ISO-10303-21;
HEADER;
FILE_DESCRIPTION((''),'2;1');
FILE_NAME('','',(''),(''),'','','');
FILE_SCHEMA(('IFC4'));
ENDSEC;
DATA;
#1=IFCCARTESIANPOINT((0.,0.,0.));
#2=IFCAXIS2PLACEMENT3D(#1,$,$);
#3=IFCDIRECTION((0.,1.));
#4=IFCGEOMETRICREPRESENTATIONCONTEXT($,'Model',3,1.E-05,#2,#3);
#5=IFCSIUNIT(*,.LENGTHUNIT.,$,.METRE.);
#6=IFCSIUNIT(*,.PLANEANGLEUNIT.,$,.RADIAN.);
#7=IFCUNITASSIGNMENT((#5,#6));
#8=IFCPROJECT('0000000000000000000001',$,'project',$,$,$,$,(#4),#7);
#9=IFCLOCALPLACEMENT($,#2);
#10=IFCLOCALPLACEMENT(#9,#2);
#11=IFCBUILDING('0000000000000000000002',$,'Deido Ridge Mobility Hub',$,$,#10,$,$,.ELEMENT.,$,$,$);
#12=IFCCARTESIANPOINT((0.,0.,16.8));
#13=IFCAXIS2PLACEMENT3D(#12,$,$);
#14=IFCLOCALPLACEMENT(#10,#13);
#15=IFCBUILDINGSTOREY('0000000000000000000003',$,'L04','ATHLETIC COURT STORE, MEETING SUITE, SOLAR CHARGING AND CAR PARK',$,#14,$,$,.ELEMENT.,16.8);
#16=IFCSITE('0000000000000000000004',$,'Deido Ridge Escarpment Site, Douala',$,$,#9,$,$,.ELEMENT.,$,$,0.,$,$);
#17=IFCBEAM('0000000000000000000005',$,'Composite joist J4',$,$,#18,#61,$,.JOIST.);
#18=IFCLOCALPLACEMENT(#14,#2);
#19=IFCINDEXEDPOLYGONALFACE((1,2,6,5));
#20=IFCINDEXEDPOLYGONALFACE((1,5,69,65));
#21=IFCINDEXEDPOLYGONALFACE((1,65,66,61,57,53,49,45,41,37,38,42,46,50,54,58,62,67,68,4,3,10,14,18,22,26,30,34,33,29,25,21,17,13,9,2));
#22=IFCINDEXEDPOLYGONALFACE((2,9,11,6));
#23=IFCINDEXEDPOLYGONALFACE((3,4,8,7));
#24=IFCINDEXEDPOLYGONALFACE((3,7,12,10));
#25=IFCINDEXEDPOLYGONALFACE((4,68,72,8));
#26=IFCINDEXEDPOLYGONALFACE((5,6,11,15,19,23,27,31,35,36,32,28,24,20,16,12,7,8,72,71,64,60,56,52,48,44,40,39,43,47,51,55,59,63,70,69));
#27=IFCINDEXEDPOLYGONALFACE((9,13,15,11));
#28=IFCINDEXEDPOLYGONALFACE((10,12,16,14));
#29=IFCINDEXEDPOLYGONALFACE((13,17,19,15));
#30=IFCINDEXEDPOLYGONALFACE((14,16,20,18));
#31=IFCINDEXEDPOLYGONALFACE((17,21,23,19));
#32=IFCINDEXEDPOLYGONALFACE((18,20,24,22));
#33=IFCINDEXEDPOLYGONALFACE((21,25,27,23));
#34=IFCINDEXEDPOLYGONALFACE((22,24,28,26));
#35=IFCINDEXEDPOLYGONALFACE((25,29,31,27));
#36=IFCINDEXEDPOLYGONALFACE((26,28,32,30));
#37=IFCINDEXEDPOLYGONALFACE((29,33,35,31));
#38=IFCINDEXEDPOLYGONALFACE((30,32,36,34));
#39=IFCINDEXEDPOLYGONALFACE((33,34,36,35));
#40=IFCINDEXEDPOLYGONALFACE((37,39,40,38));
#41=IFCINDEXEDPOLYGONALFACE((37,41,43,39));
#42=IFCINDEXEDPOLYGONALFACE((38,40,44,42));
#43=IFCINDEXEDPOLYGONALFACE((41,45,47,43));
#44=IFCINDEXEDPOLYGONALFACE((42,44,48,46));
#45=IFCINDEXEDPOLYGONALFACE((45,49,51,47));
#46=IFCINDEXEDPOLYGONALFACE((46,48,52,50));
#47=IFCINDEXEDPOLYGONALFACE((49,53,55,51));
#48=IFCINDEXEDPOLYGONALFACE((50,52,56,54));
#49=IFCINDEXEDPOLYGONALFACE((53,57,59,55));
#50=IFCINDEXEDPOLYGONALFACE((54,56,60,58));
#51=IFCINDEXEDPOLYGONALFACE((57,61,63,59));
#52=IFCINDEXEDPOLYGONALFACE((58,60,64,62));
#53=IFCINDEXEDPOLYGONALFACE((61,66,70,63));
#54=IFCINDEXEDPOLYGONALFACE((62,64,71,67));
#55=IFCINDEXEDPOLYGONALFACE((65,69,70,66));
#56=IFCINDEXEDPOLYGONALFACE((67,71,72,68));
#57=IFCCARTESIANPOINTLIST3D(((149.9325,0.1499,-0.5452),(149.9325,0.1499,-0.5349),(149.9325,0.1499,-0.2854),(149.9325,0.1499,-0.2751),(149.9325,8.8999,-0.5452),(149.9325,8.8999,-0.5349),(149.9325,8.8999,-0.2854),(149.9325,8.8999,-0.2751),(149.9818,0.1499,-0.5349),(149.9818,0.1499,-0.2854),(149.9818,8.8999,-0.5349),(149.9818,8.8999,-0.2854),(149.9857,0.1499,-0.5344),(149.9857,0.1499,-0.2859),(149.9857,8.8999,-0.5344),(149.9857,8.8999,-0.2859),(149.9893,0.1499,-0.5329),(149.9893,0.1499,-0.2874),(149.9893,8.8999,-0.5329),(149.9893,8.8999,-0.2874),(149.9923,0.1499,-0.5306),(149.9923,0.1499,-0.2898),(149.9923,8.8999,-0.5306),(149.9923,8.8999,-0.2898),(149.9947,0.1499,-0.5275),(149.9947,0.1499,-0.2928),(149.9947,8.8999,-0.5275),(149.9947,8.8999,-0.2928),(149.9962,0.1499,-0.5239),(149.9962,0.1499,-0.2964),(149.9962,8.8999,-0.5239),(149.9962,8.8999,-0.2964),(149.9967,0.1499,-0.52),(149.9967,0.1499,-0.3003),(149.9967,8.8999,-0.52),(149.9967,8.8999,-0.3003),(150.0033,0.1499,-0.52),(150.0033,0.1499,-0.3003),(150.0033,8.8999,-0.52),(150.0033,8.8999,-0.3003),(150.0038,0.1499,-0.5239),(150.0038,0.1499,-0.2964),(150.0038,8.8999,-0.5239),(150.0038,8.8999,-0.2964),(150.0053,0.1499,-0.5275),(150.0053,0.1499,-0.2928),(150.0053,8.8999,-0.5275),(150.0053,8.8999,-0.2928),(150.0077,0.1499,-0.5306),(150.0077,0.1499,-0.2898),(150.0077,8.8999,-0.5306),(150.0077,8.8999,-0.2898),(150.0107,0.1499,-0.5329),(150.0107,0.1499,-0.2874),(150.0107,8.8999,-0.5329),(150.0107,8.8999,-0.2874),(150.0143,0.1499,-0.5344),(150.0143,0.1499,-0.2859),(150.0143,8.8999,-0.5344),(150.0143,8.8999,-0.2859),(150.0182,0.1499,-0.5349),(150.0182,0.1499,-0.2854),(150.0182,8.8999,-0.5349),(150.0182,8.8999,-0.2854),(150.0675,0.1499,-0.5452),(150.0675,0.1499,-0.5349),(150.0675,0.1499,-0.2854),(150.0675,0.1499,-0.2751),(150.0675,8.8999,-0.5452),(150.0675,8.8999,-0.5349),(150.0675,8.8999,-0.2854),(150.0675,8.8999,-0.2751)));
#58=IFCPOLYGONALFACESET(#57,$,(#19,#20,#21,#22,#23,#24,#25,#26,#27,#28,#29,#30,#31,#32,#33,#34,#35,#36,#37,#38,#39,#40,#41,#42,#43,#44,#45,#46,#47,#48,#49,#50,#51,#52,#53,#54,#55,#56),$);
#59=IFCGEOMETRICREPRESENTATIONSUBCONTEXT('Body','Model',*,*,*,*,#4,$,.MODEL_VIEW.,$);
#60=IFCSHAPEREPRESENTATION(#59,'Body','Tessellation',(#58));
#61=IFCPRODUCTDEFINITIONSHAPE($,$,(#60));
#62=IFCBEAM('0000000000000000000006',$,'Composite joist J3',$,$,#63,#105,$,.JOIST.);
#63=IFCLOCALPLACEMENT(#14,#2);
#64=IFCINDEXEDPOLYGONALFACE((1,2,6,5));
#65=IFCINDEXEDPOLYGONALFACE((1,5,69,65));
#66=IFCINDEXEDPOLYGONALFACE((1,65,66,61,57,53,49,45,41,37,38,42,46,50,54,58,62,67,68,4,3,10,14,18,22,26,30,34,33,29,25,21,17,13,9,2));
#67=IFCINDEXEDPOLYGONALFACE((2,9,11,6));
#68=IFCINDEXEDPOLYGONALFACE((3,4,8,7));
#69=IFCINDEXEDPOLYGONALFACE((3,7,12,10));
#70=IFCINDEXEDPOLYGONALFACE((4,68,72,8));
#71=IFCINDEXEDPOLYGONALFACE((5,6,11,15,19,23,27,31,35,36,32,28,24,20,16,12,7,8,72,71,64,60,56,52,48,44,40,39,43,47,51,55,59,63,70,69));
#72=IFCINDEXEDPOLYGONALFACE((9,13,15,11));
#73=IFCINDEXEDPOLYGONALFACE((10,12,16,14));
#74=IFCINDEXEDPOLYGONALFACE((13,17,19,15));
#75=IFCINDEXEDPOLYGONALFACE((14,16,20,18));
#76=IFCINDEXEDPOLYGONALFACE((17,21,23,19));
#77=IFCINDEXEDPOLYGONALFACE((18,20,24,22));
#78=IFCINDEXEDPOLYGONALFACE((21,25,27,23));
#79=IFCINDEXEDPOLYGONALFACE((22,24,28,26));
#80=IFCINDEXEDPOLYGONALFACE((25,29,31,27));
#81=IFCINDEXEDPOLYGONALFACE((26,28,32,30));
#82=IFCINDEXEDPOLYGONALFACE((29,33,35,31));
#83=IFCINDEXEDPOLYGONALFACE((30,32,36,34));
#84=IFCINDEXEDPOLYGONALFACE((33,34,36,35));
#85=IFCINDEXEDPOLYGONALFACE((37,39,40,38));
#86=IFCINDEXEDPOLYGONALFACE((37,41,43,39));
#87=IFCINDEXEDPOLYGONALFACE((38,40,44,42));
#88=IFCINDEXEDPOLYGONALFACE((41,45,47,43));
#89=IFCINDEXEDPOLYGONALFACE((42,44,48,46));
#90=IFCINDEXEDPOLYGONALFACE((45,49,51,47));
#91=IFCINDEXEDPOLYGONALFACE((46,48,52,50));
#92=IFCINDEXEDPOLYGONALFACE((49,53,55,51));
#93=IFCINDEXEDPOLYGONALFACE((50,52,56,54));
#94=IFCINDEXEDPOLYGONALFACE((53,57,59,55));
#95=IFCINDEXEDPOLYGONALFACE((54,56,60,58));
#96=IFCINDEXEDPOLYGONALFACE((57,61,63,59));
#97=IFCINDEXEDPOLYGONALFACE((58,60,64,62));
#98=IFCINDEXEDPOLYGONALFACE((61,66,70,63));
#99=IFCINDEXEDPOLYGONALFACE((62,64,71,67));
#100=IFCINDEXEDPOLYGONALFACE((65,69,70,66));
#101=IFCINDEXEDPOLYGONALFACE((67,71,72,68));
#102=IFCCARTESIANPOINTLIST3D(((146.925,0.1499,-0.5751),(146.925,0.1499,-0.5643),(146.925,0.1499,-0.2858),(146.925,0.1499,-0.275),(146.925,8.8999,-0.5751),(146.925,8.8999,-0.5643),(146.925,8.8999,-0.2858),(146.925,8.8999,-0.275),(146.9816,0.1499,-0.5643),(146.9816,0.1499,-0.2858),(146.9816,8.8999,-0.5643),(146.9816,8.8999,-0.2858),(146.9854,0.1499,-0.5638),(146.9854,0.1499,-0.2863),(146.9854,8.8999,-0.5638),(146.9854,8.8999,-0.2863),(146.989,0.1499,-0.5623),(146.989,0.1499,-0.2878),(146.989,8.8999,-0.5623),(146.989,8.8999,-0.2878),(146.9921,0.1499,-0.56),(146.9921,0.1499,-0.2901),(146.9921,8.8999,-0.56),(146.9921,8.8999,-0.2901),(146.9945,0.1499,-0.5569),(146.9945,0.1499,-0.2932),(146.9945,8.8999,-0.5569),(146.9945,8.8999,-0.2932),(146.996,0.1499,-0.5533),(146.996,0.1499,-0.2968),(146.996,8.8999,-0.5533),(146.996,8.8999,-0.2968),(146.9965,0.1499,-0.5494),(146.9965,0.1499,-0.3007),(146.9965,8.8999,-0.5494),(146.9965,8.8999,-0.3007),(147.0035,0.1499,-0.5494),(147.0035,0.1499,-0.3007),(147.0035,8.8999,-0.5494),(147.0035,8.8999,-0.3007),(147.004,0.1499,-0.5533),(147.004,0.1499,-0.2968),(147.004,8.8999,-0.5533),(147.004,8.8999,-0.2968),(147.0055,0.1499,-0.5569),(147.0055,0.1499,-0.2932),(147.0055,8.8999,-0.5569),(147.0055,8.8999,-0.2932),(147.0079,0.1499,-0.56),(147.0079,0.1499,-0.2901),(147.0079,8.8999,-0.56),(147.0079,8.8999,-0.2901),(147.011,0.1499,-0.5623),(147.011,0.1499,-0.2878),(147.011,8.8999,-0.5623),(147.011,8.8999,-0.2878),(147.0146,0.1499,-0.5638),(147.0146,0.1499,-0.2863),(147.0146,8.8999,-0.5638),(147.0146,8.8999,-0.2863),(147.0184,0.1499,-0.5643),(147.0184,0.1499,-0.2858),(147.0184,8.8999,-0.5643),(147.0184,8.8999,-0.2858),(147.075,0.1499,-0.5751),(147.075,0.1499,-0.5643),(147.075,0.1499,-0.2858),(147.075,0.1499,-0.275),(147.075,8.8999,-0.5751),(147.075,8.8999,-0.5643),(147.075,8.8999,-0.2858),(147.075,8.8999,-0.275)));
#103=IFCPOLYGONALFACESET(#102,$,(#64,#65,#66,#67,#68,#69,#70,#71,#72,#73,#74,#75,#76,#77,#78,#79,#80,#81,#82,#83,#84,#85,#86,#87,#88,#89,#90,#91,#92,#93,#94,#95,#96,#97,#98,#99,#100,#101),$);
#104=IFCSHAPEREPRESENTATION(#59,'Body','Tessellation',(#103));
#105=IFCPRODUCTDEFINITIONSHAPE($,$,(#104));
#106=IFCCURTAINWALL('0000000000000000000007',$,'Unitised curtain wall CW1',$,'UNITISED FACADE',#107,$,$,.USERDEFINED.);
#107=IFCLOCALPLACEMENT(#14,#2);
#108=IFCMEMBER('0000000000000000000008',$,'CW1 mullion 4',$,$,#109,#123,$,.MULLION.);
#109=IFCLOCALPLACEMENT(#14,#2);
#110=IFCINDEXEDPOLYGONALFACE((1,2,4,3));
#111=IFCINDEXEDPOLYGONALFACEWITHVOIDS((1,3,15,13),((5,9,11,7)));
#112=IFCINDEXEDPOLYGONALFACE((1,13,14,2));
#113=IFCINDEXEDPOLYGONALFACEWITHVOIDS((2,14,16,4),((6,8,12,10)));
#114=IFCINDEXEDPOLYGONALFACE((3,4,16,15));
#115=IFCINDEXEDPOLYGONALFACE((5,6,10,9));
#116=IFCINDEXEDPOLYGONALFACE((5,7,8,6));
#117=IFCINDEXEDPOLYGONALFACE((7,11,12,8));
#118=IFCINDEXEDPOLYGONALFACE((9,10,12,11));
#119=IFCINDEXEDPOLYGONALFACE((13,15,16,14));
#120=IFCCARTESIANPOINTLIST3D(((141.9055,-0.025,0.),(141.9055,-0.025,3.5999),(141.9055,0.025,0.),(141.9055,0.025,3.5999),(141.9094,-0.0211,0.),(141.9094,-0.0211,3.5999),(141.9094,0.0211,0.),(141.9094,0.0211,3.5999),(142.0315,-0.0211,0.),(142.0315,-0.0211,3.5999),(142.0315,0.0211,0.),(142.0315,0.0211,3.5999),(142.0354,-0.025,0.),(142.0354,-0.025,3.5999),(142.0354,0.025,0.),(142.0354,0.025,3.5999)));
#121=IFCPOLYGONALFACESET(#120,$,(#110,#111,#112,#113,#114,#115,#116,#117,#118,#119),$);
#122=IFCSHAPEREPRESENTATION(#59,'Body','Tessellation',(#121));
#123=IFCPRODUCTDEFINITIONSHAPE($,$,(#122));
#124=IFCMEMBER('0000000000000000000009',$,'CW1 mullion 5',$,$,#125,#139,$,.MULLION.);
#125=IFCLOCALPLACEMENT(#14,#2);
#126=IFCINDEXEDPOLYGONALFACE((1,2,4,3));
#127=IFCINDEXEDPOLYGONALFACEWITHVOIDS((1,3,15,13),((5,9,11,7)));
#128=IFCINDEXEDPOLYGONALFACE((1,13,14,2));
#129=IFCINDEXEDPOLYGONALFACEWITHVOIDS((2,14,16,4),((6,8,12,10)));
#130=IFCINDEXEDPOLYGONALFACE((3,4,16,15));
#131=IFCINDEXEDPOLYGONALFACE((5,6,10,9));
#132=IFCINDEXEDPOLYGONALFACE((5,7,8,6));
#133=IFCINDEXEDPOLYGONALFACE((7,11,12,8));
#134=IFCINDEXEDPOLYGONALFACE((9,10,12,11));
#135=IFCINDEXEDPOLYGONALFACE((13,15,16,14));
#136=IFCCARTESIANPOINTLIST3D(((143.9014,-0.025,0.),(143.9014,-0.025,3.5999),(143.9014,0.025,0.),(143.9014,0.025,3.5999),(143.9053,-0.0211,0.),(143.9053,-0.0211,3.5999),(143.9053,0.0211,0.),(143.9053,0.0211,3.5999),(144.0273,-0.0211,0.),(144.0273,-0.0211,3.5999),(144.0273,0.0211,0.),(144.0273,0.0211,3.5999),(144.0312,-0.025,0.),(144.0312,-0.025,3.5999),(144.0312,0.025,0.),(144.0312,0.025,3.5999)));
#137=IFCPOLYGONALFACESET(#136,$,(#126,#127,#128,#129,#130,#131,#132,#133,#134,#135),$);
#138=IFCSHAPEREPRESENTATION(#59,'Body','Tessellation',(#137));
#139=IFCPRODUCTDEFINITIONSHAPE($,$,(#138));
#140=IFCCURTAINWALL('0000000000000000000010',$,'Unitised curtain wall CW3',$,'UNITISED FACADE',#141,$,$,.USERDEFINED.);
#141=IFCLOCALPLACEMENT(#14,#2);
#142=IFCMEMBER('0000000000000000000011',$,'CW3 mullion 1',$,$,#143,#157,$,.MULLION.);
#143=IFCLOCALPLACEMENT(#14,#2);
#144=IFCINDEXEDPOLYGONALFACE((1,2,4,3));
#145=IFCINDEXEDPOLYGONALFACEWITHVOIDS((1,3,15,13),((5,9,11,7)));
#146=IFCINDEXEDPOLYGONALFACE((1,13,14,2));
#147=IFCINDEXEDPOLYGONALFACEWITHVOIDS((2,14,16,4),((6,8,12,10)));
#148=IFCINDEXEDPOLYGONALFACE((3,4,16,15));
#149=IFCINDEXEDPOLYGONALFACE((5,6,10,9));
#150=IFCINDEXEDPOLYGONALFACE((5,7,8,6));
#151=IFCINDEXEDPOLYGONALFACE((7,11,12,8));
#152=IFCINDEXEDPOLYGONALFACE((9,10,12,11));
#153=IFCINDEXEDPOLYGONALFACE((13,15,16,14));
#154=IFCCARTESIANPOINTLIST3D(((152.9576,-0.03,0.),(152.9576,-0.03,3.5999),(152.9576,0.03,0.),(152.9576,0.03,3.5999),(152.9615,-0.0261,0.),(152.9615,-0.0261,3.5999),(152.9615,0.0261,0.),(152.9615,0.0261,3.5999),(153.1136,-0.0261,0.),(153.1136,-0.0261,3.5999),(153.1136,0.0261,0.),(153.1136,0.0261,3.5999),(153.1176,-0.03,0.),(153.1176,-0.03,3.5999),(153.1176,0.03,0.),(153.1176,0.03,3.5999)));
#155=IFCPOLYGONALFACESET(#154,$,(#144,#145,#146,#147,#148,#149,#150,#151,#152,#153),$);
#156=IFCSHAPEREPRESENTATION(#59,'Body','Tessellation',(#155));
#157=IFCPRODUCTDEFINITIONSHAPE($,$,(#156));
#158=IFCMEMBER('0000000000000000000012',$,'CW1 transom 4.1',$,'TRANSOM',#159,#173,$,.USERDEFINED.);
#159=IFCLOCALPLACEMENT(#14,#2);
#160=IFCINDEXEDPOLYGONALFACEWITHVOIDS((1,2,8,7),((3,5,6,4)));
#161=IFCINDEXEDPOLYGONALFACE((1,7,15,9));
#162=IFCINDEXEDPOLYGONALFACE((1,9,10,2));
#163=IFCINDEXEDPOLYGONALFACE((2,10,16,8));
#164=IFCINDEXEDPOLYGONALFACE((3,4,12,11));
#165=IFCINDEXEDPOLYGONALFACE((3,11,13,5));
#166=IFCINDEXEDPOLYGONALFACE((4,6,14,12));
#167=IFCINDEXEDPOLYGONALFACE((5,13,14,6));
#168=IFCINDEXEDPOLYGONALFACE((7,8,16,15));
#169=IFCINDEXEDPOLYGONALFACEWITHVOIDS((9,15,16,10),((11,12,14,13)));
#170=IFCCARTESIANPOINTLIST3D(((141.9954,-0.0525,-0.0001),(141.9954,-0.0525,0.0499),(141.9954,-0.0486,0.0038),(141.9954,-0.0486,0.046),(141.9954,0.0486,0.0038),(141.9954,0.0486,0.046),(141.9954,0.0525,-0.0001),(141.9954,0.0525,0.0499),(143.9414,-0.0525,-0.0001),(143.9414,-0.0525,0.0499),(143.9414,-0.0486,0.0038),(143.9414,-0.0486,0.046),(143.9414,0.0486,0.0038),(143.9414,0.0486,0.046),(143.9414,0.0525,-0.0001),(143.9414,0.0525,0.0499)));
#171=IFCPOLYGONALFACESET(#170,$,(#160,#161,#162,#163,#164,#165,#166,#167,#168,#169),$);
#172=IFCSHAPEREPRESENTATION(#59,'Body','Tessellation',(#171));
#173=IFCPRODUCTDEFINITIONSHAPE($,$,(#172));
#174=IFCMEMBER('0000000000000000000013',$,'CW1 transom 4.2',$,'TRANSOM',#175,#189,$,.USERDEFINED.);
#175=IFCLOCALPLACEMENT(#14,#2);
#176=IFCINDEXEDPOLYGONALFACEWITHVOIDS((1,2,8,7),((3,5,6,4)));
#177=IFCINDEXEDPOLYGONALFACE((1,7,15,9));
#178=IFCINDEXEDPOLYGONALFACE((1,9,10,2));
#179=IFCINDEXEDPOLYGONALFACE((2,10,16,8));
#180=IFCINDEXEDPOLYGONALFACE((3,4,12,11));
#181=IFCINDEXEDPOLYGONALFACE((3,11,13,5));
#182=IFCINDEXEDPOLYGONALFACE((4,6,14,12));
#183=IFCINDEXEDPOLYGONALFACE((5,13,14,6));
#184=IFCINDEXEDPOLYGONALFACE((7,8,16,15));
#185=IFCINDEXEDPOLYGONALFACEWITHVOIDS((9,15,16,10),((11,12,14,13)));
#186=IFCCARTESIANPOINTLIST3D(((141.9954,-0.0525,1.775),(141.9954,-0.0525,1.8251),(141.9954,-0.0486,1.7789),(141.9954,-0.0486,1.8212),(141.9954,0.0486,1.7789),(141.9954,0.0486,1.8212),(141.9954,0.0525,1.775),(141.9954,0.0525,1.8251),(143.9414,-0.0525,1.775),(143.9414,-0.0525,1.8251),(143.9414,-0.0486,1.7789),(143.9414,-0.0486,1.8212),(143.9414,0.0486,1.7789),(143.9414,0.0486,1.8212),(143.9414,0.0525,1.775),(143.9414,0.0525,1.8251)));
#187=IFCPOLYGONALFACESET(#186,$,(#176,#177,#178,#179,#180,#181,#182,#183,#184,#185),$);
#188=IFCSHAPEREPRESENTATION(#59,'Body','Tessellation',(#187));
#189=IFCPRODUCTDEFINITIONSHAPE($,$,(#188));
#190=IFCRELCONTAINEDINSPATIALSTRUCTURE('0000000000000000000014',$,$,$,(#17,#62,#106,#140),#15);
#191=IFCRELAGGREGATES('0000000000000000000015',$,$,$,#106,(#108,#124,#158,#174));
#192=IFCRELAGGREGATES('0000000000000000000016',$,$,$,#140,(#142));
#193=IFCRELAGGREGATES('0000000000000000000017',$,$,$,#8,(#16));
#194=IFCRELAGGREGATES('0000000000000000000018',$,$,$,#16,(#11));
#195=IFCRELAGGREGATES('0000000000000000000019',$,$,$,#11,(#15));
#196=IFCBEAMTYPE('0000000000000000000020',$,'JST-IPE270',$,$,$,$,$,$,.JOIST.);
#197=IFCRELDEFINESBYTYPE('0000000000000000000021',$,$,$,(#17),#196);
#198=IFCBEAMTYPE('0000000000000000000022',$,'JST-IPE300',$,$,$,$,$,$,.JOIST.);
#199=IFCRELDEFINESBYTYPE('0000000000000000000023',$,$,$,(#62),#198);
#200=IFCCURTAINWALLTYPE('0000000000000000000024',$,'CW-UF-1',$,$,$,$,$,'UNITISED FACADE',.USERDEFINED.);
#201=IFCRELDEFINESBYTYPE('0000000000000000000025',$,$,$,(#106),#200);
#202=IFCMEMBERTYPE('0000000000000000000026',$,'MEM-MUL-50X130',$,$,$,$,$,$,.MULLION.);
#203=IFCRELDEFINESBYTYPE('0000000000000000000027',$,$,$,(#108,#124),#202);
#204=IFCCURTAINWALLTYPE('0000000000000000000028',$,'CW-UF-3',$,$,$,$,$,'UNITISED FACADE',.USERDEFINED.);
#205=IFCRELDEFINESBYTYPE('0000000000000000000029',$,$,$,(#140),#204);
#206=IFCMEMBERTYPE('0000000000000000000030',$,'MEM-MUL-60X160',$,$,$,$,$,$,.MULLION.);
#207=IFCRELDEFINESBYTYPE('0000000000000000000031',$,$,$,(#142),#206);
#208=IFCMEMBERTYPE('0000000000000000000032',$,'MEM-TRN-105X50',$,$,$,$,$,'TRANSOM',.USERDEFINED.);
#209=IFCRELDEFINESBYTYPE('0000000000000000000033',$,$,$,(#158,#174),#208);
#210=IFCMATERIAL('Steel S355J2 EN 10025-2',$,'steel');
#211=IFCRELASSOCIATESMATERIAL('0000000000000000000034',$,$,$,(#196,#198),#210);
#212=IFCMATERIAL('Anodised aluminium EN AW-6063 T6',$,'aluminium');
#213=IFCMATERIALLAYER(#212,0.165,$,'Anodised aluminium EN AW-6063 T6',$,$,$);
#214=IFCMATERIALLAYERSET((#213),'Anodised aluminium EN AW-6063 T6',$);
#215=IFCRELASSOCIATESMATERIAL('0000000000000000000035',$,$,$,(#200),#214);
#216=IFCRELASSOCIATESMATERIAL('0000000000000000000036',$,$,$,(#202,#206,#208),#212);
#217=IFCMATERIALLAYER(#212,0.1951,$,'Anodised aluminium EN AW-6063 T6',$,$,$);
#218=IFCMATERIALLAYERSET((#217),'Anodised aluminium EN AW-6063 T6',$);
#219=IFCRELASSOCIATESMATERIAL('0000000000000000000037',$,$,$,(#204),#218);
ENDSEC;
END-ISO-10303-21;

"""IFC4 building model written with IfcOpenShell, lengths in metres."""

from ifc_helpers import new_model, si_unit, direction, frame, origin, origin_2d, place, context, subcontext, project, spatial, hollow_rectangle, i_section, extrude, material, layer, layer_set, material_profile, profile_set, type_object, element, aggregate, save


model = new_model("IFC4")

# Units and contexts
model_context = context("Model", 3, precision=1e-05, world=origin(), true_north=direction((0.0, 1.0)))
body_context = subcontext(model_context, "Body", "Model", "MODEL_VIEW")
ifc_project = project(units=[si_unit("LENGTHUNIT", "METRE"), si_unit("PLANEANGLEUNIT", "RADIAN")], contexts=[model_context])

# Site, building, storey
site_placement = place(None, origin())
site = spatial("IfcSite", under=ifc_project, at=site_placement, Name="Deido Ridge Escarpment Site, Douala", CompositionType="ELEMENT", RefElevation=0.0)
building_placement = place(site_placement, origin())
building = spatial("IfcBuilding", under=site, at=building_placement, Name="Deido Ridge Mobility Hub", CompositionType="ELEMENT")
storey_placement = place(building_placement, frame((0.0, 0.0, 16.8)))
storey = spatial("IfcBuildingStorey", under=building, at=storey_placement, Name="L04", Description="ATHLETIC COURT STORE, MEETING SUITE, SOLAR CHARGING AND CAR PARK", CompositionType="ELEMENT", Elevation=16.8)

# Shared definitions
ifc_material_1 = material(Name="Steel S355J2 EN 10025-2", Category="steel")

# Beams
ifc_material_profile_1 = material_profile(ifc_material_1, i_section(OverallWidth=0.135, OverallDepth=0.27, WebThickness=0.0066, FlangeThickness=0.0103, FilletRadius=0.0149, at=origin_2d()), Name="IPE 270")
ifc_profile_set_1 = profile_set([ifc_material_profile_1], Name="Steel S355J2 EN 10025-2")
beam_type_1 = type_object("IfcBeamType", Name="JST-IPE270", PredefinedType="JOIST", material=ifc_profile_set_1)
beam_1_placement = place(storey_placement, frame((150.0, 0.1499, -0.4102), z_axis=(0.0, 1.0, 0.0), x_axis=(-1.0, 0.0, 0.0)))
element("IfcBeam", 1, at=beam_1_placement, inside=storey, type_object=beam_type_1, Name="Composite joist J4", PredefinedType="JOIST", context=body_context, shape_type="SweptSolid", body=[
    extrude(i_section(OverallWidth=0.135, OverallDepth=0.27, WebThickness=0.0066, FlangeThickness=0.0103, FilletRadius=0.0149, at=origin_2d()), origin(), (0.0, 0.0, 1.0), 8.75),
])
ifc_material_profile_2 = material_profile(ifc_material_1, i_section(OverallWidth=0.1499, OverallDepth=0.3, WebThickness=0.0071, FlangeThickness=0.0107, FilletRadius=0.0149, at=origin_2d()), Name="IPE 300")
ifc_profile_set_2 = profile_set([ifc_material_profile_2], Name="Steel S355J2 EN 10025-2")
beam_type_2 = type_object("IfcBeamType", Name="JST-IPE300", PredefinedType="JOIST", material=ifc_profile_set_2)
beam_2_placement = place(storey_placement, frame((147.0, 0.1499, -0.425), z_axis=(0.0, 1.0, 0.0), x_axis=(-1.0, 0.0, 0.0)))
element("IfcBeam", 2, at=beam_2_placement, inside=storey, type_object=beam_type_2, Name="Composite joist J3", PredefinedType="JOIST", context=body_context, shape_type="SweptSolid", body=[
    extrude(i_section(OverallWidth=0.1499, OverallDepth=0.3, WebThickness=0.0071, FlangeThickness=0.0107, FilletRadius=0.0149, at=origin_2d()), origin(), (0.0, 0.0, 1.0), 8.75),
])

# Curtain wall, members
ifc_material_2 = material(Name="Anodised aluminium EN AW-6063 T6", Category="aluminium")
ifc_layer_1 = layer(ifc_material_2, 0.165, Name="Anodised aluminium EN AW-6063 T6")
ifc_layer_set_1 = layer_set([ifc_layer_1], Name="Anodised aluminium EN AW-6063 T6")
curtain_wall_type_1 = type_object("IfcCurtainWallType", Name="CW-UF-1", ElementType="UNITISED FACADE", PredefinedType="USERDEFINED", material=ifc_layer_set_1)
curtain_wall_1_placement = place(storey_placement, origin())
curtain_wall_1 = element("IfcCurtainWall", 3, at=curtain_wall_1_placement, inside=storey, type_object=curtain_wall_type_1, Name="Unitised curtain wall CW1", ObjectType="UNITISED FACADE", PredefinedType="USERDEFINED")
ifc_material_profile_3 = material_profile(ifc_material_2, hollow_rectangle(XDim=0.05, YDim=0.1299, WallThickness=0.0039, at=origin_2d()), Name="RHS 50x130x4")
ifc_profile_set_3 = profile_set([ifc_material_profile_3], Name="Anodised aluminium EN AW-6063 T6")
member_type_1 = type_object("IfcMemberType", Name="MEM-MUL-50X130", PredefinedType="MULLION", material=ifc_profile_set_3)
member_1_placement = place(storey_placement, frame((141.9705, 0.0, 0.0), z_axis=(0.0, 0.0, 1.0), x_axis=(0.0, 1.0, 0.0)))
member_1 = element("IfcMember", 4, at=member_1_placement, type_object=member_type_1, Name="CW1 mullion 4", PredefinedType="MULLION", context=body_context, shape_type="SweptSolid", body=[
    extrude(hollow_rectangle(XDim=0.05, YDim=0.1299, WallThickness=0.0039, at=origin_2d()), origin(), (0.0, 0.0, 1.0), 3.5999),
])
member_2_placement = place(storey_placement, frame((143.9663, 0.0, 0.0), z_axis=(0.0, 0.0, 1.0), x_axis=(0.0, 1.0, 0.0)))
member_2 = element("IfcMember", 5, at=member_2_placement, type_object=member_type_1, Name="CW1 mullion 5", PredefinedType="MULLION", context=body_context, shape_type="SweptSolid", body=[
    extrude(hollow_rectangle(XDim=0.05, YDim=0.1299, WallThickness=0.0039, at=origin_2d()), origin(), (0.0, 0.0, 1.0), 3.5999),
])

# Curtain wall, member
ifc_layer_2 = layer(ifc_material_2, 0.1951, Name="Anodised aluminium EN AW-6063 T6")
ifc_layer_set_2 = layer_set([ifc_layer_2], Name="Anodised aluminium EN AW-6063 T6")
curtain_wall_type_2 = type_object("IfcCurtainWallType", Name="CW-UF-3", ElementType="UNITISED FACADE", PredefinedType="USERDEFINED", material=ifc_layer_set_2)
curtain_wall_2_placement = place(storey_placement, origin())
curtain_wall_2 = element("IfcCurtainWall", 6, at=curtain_wall_2_placement, inside=storey, type_object=curtain_wall_type_2, Name="Unitised curtain wall CW3", ObjectType="UNITISED FACADE", PredefinedType="USERDEFINED")
ifc_material_profile_4 = material_profile(ifc_material_2, hollow_rectangle(XDim=0.0601, YDim=0.1599, WallThickness=0.0039, at=origin_2d()), Name="RHS 60x160x4")
ifc_profile_set_4 = profile_set([ifc_material_profile_4], Name="Anodised aluminium EN AW-6063 T6")
member_type_2 = type_object("IfcMemberType", Name="MEM-MUL-60X160", PredefinedType="MULLION", material=ifc_profile_set_4)
member_3_placement = place(storey_placement, frame((153.0376, 0.0, 0.0), z_axis=(0.0, 0.0, 1.0), x_axis=(0.0, 1.0, 0.0)))
member_3 = element("IfcMember", 7, at=member_3_placement, type_object=member_type_2, Name="CW3 mullion 1", PredefinedType="MULLION", context=body_context, shape_type="SweptSolid", body=[
    extrude(hollow_rectangle(XDim=0.0601, YDim=0.1599, WallThickness=0.0039, at=origin_2d()), origin(), (0.0, 0.0, 1.0), 3.5999),
])

# Members
ifc_material_profile_5 = material_profile(ifc_material_2, hollow_rectangle(XDim=0.105, YDim=0.05, WallThickness=0.0039, at=origin_2d()), Name="RHS 105x50x4")
ifc_profile_set_5 = profile_set([ifc_material_profile_5], Name="Anodised aluminium EN AW-6063 T6")
member_type_3 = type_object("IfcMemberType", Name="MEM-TRN-105X50", ElementType="TRANSOM", PredefinedType="USERDEFINED", material=ifc_profile_set_5)
member_4_placement = place(storey_placement, frame((141.9954, 0.0, 0.0249), z_axis=(1.0, 0.0, 0.0), x_axis=(0.0, 1.0, 0.0)))
member_4 = element("IfcMember", 8, at=member_4_placement, type_object=member_type_3, Name="CW1 transom 4.1", ObjectType="TRANSOM", PredefinedType="USERDEFINED", context=body_context, shape_type="SweptSolid", body=[
    extrude(hollow_rectangle(XDim=0.105, YDim=0.05, WallThickness=0.0039, at=origin_2d()), origin(), (0.0, 0.0, 1.0), 1.946),
])
member_5_placement = place(storey_placement, frame((141.9954, 0.0, 1.8), z_axis=(1.0, 0.0, 0.0), x_axis=(0.0, 1.0, 0.0)))
member_5 = element("IfcMember", 9, at=member_5_placement, type_object=member_type_3, Name="CW1 transom 4.2", ObjectType="TRANSOM", PredefinedType="USERDEFINED", context=body_context, shape_type="SweptSolid", body=[
    extrude(hollow_rectangle(XDim=0.105, YDim=0.05, WallThickness=0.0039, at=origin_2d()), origin(), (0.0, 0.0, 1.0), 1.946),
])

aggregate(curtain_wall_1, [member_1, member_2, member_4, member_5])
aggregate(curtain_wall_2, [member_3])

save(model, "model.ifc")
